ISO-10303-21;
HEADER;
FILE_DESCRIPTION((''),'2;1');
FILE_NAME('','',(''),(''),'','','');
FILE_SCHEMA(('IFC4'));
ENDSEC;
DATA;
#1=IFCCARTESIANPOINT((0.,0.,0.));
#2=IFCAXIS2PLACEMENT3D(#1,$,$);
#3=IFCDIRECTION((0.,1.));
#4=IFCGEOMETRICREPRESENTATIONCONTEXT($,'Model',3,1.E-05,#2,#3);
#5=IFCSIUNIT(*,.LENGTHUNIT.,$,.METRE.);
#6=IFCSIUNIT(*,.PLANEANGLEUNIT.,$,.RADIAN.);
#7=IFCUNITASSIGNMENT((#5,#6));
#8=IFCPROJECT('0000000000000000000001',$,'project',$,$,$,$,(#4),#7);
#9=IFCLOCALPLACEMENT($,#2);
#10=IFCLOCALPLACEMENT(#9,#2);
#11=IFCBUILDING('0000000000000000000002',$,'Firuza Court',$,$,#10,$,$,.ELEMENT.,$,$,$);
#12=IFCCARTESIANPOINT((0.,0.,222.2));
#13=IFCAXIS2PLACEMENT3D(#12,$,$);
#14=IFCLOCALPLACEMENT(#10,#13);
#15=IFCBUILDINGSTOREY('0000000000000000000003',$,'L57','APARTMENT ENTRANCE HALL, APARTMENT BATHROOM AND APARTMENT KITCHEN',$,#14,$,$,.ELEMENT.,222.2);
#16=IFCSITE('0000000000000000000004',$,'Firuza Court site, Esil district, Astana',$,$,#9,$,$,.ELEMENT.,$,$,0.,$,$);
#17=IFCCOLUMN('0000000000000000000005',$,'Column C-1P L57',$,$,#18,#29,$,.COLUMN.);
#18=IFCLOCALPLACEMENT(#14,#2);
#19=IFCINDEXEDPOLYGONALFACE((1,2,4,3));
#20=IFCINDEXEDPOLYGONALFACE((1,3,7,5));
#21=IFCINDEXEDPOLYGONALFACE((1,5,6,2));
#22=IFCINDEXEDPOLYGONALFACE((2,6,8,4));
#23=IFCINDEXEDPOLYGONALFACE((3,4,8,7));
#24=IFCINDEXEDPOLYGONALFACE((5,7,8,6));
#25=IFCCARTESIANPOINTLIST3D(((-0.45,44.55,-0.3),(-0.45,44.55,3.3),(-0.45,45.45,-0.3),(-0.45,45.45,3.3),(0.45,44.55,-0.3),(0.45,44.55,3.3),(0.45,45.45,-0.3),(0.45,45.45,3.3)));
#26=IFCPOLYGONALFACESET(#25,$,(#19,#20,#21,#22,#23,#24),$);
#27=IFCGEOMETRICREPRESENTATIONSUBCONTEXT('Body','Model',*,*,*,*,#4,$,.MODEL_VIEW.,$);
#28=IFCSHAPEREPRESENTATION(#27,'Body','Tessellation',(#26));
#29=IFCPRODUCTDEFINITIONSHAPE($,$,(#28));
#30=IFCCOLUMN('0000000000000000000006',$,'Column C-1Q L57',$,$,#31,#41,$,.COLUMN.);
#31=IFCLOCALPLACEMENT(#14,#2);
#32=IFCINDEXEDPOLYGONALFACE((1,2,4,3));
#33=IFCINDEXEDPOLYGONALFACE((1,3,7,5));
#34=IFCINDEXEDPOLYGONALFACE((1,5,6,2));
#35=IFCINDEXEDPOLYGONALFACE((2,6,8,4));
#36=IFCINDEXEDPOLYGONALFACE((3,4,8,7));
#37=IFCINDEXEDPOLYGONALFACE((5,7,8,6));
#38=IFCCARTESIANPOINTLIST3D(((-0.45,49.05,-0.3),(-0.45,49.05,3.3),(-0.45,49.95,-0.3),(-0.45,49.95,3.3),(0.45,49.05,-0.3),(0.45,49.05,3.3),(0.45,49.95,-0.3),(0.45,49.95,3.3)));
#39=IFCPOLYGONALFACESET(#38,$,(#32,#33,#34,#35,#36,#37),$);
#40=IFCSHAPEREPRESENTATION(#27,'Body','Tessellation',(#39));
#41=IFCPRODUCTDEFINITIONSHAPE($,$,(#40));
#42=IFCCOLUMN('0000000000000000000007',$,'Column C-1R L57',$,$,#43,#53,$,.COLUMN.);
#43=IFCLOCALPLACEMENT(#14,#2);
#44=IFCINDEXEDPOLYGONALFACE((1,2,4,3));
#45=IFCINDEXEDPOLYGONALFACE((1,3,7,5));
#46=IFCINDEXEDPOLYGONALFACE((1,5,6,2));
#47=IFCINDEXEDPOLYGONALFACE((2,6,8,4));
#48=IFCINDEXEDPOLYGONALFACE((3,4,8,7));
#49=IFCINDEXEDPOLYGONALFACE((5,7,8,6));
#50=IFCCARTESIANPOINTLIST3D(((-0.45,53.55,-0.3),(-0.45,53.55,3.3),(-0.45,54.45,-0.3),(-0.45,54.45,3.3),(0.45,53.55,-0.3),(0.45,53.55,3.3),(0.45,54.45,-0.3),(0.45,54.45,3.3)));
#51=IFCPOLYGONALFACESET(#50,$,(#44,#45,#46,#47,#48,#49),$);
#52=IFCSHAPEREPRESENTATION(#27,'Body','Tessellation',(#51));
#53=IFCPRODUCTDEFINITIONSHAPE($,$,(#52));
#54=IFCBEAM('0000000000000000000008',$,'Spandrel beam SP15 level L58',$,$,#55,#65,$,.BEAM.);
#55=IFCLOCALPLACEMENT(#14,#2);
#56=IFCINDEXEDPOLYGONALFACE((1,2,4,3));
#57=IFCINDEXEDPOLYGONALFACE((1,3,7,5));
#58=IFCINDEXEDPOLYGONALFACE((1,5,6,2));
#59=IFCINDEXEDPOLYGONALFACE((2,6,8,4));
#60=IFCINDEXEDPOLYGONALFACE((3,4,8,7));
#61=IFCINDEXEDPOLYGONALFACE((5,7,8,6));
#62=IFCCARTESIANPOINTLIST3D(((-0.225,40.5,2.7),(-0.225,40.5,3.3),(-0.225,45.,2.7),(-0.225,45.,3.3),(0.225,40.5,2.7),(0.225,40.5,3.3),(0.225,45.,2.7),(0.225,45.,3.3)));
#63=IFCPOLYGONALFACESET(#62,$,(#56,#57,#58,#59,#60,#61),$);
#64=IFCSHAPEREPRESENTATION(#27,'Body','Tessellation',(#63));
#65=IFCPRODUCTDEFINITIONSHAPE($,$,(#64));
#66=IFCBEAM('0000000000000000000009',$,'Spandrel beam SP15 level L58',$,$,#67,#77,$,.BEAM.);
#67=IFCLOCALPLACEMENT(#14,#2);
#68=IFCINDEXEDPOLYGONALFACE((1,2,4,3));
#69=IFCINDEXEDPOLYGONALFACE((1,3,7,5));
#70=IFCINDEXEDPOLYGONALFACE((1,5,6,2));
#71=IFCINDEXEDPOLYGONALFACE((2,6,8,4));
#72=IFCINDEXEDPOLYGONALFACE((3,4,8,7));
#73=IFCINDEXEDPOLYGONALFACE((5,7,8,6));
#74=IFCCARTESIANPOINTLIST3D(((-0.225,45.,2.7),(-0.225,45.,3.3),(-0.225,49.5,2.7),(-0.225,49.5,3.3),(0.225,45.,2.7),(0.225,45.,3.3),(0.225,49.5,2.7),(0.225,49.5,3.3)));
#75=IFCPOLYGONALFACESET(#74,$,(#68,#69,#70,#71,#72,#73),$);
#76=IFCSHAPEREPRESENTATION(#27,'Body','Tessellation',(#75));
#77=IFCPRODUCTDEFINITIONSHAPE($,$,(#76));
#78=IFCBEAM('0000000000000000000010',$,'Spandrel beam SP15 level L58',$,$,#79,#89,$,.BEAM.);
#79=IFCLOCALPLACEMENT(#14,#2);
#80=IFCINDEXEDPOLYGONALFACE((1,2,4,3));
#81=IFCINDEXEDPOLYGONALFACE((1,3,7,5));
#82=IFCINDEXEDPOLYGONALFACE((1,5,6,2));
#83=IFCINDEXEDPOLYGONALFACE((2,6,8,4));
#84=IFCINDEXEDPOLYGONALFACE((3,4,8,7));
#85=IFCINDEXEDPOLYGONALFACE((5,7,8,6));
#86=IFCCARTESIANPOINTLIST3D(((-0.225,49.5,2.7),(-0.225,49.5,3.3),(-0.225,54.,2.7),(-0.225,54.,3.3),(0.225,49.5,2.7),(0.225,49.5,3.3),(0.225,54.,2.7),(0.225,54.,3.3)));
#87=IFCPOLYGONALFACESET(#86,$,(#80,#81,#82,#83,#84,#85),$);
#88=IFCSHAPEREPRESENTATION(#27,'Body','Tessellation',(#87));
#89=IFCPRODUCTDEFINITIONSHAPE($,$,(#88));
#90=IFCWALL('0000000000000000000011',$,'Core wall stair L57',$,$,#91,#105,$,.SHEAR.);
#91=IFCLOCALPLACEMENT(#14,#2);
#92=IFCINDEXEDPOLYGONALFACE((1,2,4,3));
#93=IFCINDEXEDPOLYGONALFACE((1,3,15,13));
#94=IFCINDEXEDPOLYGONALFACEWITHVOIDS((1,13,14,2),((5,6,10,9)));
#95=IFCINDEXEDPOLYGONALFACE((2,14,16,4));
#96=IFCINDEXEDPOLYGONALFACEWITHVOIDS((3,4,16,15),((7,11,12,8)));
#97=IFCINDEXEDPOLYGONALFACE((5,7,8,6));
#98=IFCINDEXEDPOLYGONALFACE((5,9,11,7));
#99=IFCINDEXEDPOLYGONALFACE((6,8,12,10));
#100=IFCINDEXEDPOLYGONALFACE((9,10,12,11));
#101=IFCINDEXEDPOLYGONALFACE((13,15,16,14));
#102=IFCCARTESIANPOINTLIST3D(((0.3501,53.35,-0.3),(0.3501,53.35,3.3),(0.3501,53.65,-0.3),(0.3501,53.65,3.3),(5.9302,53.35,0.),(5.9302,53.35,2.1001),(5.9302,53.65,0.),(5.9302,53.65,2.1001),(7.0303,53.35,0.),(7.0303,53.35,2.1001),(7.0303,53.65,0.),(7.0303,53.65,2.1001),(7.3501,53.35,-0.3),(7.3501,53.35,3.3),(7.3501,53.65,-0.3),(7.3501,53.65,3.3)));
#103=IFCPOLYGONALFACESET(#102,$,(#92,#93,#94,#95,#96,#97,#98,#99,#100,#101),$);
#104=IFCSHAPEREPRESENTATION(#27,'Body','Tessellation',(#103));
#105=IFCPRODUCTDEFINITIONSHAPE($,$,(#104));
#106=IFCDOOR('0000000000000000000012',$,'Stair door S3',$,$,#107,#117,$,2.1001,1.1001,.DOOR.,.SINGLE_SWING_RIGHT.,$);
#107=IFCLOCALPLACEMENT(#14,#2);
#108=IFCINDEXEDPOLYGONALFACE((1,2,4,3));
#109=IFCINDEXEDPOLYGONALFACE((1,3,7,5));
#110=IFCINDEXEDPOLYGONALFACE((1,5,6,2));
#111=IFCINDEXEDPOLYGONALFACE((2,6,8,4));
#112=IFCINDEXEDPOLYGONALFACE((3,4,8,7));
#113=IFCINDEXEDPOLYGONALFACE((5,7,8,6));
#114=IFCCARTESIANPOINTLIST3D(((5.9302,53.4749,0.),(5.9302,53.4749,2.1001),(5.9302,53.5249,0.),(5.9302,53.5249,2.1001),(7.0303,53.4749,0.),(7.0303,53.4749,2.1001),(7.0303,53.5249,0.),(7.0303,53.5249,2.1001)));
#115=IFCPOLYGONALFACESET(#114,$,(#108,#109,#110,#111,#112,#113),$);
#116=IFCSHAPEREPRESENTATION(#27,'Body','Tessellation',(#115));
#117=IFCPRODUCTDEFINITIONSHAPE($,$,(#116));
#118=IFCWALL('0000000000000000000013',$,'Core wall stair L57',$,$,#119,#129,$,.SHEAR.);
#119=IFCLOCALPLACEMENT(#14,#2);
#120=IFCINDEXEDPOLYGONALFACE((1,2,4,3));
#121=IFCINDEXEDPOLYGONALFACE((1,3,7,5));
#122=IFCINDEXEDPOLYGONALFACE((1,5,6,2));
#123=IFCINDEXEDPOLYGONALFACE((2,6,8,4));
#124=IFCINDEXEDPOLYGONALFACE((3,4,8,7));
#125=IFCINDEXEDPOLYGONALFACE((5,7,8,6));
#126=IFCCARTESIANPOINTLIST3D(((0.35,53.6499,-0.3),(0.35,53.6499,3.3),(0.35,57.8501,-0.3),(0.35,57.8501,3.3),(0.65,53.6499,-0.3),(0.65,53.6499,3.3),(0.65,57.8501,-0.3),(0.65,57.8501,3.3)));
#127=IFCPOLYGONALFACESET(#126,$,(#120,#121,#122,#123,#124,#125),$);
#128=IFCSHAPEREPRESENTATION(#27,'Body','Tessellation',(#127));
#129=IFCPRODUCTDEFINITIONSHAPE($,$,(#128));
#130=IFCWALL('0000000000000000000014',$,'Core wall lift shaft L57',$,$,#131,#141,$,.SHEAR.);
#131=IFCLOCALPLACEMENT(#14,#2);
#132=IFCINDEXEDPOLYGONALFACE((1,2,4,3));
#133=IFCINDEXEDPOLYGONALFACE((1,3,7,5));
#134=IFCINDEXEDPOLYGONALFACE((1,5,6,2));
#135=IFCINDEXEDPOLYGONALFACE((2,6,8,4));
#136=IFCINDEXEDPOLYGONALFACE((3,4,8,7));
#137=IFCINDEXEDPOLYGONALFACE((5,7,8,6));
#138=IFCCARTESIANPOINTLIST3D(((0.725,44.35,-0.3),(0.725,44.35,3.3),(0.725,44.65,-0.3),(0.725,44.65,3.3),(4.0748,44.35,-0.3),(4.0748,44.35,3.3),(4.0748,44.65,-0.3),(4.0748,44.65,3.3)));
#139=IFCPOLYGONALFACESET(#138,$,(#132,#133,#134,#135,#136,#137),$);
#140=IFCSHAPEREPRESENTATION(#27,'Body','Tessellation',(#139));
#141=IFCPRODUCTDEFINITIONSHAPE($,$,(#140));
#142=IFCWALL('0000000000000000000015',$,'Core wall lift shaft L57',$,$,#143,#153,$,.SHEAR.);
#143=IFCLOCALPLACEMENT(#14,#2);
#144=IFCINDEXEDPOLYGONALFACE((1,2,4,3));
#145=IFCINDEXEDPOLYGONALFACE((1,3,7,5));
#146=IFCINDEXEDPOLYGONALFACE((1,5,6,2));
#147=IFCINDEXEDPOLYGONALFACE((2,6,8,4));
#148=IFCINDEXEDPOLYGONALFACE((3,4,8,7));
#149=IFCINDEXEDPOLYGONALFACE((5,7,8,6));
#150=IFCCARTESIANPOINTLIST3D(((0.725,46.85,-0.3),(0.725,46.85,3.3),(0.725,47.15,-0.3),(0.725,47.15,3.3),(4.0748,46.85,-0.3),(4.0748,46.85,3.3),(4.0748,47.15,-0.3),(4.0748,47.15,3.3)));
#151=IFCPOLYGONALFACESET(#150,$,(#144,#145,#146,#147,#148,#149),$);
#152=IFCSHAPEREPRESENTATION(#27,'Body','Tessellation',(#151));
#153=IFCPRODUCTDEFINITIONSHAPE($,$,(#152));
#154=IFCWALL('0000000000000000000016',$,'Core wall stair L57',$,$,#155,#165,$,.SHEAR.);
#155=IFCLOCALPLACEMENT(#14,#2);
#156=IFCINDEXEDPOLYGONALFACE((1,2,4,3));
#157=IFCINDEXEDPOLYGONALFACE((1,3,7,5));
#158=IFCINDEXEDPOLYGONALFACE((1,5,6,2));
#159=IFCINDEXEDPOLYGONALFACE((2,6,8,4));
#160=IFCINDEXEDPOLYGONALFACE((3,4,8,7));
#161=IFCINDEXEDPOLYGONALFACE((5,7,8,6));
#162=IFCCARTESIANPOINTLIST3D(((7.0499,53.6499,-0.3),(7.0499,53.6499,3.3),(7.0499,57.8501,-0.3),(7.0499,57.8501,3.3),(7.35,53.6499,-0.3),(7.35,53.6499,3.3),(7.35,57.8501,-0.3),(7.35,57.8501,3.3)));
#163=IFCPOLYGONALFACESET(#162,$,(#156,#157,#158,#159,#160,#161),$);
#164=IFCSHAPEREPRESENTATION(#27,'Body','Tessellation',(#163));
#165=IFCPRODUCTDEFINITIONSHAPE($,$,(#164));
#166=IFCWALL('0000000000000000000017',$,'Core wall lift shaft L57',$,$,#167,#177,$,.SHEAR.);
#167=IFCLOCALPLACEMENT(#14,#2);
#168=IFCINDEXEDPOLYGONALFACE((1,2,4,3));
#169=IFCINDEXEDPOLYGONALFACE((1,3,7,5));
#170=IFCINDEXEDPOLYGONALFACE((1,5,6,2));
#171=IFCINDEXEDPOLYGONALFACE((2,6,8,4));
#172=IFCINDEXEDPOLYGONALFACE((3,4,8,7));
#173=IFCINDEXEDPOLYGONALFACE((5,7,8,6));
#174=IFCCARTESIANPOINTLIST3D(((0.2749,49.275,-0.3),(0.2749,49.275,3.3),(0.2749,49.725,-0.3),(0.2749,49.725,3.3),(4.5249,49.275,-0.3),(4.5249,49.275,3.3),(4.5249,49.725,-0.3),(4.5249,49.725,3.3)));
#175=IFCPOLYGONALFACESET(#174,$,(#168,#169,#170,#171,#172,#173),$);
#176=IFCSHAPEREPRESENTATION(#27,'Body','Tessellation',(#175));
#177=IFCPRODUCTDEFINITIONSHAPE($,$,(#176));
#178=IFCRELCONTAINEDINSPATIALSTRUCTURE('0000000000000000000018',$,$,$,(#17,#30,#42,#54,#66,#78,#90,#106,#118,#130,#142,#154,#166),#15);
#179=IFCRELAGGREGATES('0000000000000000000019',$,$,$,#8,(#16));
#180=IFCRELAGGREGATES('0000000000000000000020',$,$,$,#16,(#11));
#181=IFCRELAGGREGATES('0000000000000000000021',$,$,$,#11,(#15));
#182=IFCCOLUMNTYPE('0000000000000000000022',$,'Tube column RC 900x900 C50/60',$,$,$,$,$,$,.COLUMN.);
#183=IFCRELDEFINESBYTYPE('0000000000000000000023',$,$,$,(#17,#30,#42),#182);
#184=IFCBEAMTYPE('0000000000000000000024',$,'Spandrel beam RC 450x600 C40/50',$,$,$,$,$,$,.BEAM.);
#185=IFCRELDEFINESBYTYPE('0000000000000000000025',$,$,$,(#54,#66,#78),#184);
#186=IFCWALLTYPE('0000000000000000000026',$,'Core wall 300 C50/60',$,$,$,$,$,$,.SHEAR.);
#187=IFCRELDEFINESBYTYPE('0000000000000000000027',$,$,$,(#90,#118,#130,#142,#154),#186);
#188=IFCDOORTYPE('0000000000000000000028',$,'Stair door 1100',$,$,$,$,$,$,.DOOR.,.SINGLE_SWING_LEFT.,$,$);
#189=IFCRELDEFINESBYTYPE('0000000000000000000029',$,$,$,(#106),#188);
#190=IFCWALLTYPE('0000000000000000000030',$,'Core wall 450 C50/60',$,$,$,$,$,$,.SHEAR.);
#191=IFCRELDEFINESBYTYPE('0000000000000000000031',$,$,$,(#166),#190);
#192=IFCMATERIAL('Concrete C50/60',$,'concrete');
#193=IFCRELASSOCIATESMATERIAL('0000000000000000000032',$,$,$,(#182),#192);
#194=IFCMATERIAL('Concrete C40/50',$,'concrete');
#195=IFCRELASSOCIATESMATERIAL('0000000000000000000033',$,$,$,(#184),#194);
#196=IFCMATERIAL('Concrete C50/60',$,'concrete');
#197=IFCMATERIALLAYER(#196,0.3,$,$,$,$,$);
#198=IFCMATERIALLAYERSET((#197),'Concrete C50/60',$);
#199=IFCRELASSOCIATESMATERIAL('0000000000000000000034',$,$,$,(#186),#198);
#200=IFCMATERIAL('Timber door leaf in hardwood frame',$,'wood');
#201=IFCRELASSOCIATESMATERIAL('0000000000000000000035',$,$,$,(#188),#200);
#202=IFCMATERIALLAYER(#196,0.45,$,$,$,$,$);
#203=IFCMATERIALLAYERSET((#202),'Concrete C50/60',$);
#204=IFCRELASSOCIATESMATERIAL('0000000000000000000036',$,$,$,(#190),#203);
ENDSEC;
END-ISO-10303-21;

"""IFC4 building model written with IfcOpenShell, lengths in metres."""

from ifc_helpers import new_model, si_unit, direction, frame, frame_2d, origin, origin_2d, place, context, subcontext, project, spatial, rectangle, extrude, material, layer, layer_set, material_profile, profile_set, type_object, element, fill, save


model = new_model("IFC4")

# Units and contexts
model_context = context("Model", 3, precision=1e-05, world=origin(), true_north=direction((0.0, 1.0)))
body_context = subcontext(model_context, "Body", "Model", "MODEL_VIEW")
ifc_project = project(units=[si_unit("LENGTHUNIT", "METRE"), si_unit("PLANEANGLEUNIT", "RADIAN")], contexts=[model_context])

# Site, building, storey
site_placement = place(None, origin())
site = spatial("IfcSite", under=ifc_project, at=site_placement, Name="Firuza Court site, Esil district, Astana", CompositionType="ELEMENT", RefElevation=0.0)
building_placement = place(site_placement, origin())
building = spatial("IfcBuilding", under=site, at=building_placement, Name="Firuza Court", CompositionType="ELEMENT")
storey_placement = place(building_placement, frame((0.0, 0.0, 222.2)))
storey = spatial("IfcBuildingStorey", under=building, at=storey_placement, Name="L57", Description="APARTMENT ENTRANCE HALL, APARTMENT BATHROOM AND APARTMENT KITCHEN", CompositionType="ELEMENT", Elevation=222.2)

# Columns
ifc_material_1 = material(Name="Concrete C50/60", Category="concrete")
ifc_material_profile_1 = material_profile(ifc_material_1, rectangle(XDim=0.8999, YDim=0.8999, at=origin_2d()), Name="RC 900x900")
ifc_profile_set_1 = profile_set([ifc_material_profile_1], Name="Concrete C50/60")
column_type = type_object("IfcColumnType", Name="Tube column RC 900x900 C50/60", PredefinedType="COLUMN", material=ifc_profile_set_1)
for number, where, z_axis, x_axis, name in (
    (1, (0.0, 45.0, -0.3), (0.0, 0.0, 1.0), (1.0, 0.0, 0.0), "Column C-1P L57"),
    (2, (0.0, 49.5, -0.3), (0.0, 0.0, 1.0), (1.0, 0.0, 0.0), "Column C-1Q L57"),
    (3, (0.0, 54.0, -0.3), (0.0, 0.0, 1.0), (1.0, 0.0, 0.0), "Column C-1R L57"),
):
    element("IfcColumn", number, at=place(storey_placement, frame(where, z_axis=z_axis, x_axis=x_axis)), inside=storey, type_object=column_type, Name=name, PredefinedType="COLUMN", context=body_context, shape_type="SweptSolid", body=[
        extrude(rectangle(XDim=0.8999, YDim=0.8999, at=origin_2d()), origin(), (0.0, 0.0, 1.0), 3.6001),
    ])

# Beams
ifc_material_2 = material(Name="Concrete C40/50", Category="concrete")
ifc_material_profile_2 = material_profile(ifc_material_2, rectangle(XDim=0.45, YDim=0.6001, at=origin_2d()), Name="RC 450x600")
ifc_profile_set_2 = profile_set([ifc_material_profile_2], Name="Concrete C40/50")
beam_type = type_object("IfcBeamType", Name="Spandrel beam RC 450x600 C40/50", PredefinedType="BEAM", material=ifc_profile_set_2)
for number, where, z_axis, x_axis, name in (
    (4, (0.0, 45.0, 3.0), (0.0, -1.0, 0.0), (1.0, 0.0, 0.0), "Spandrel beam SP15 level L58"),
    (5, (0.0, 49.5, 3.0), (0.0, -1.0, 0.0), (1.0, 0.0, 0.0), "Spandrel beam SP15 level L58"),
    (6, (0.0, 54.0, 3.0), (0.0, -1.0, 0.0), (1.0, 0.0, 0.0), "Spandrel beam SP15 level L58"),
):
    element("IfcBeam", number, at=place(storey_placement, frame(where, z_axis=z_axis, x_axis=x_axis)), inside=storey, type_object=beam_type, Name=name, PredefinedType="BEAM", context=body_context, shape_type="SweptSolid", body=[
        extrude(rectangle(XDim=0.45, YDim=0.6001, at=origin_2d()), origin(), (0.0, 0.0, 1.0), 4.5),
    ])

# Wall, opening, door
ifc_material_3 = material(Name="Concrete C50/60", Category="concrete")
ifc_layer_1 = layer(ifc_material_3, 0.3)
ifc_layer_set_1 = layer_set([ifc_layer_1], Name="Concrete C50/60")
wall_type_1 = type_object("IfcWallType", Name="Core wall 300 C50/60", PredefinedType="SHEAR", material=ifc_layer_set_1)
wall_1_placement = place(storey_placement, frame((0.3501, 53.5, -0.3), z_axis=(0.0, 0.0, 1.0), x_axis=(1.0, 0.0, 0.0)))
wall_1 = element("IfcWall", 7, at=wall_1_placement, inside=storey, type_object=wall_type_1, Name="Core wall stair L57", PredefinedType="SHEAR", context=body_context, shape_type="SweptSolid", body=[
    extrude(rectangle(XDim=7.0, YDim=0.3, at=frame_2d((3.5, 0.0))), origin(), (0.0, 0.0, 1.0), 3.6001),
])
opening_1_placement = place(wall_1_placement, frame((5.5801, 0.0, 0.3)))
opening_1 = element("IfcOpeningElement", 8, at=opening_1_placement, cuts=wall_1, PredefinedType="OPENING", context=body_context, shape_type="SweptSolid", body=[
    extrude(rectangle(XDim=1.1001, YDim=2.1001, at=frame_2d((0.55, 1.05))), frame((0.0, 0.1621, 0.0), z_axis=(0.0, -1.0, 0.0), x_axis=(1.0, 0.0, 0.0)), (0.0, 0.0, 1.0), 0.324),
])
ifc_material_4 = material(Name="Timber door leaf in hardwood frame", Category="wood")
door_type_1 = type_object("IfcDoorType", Name="Stair door 1100", OperationType="SINGLE_SWING_LEFT", PredefinedType="DOOR", material=ifc_material_4)
door_1_placement = place(opening_1_placement, origin())
door_1 = element("IfcDoor", 9, at=door_1_placement, inside=storey, type_object=door_type_1, Name="Stair door S3", OperationType="SINGLE_SWING_RIGHT", OverallHeight=2.1001, OverallWidth=1.1001, PredefinedType="DOOR", context=body_context, shape_type="SweptSolid", body=[
    extrude(rectangle(XDim=1.1001, YDim=2.1001, at=frame_2d((0.55, 1.05))), frame((0.0, 0.0249, 0.0), z_axis=(0.0, -1.0, 0.0), x_axis=(1.0, 0.0, 0.0)), (0.0, 0.0, 1.0), 0.05),
])
fill(opening_1, door_1)

# Walls
wall_2_placement = place(storey_placement, frame((0.5, 53.6499, -0.3), z_axis=(0.0, 0.0, 1.0), x_axis=(0.0, 1.0, 0.0)))
element("IfcWall", 10, at=wall_2_placement, inside=storey, type_object=wall_type_1, Name="Core wall stair L57", PredefinedType="SHEAR", context=body_context, shape_type="SweptSolid", body=[
    extrude(rectangle(XDim=4.2002, YDim=0.3, at=frame_2d((2.1001, 0.0))), origin(), (0.0, 0.0, 1.0), 3.6001),
])
for number, where, z_axis, x_axis, name in (
    (11, (0.7251, 44.5, -0.3), (0.0, 0.0, 1.0), (1.0, 0.0, 0.0), "Core wall lift shaft L57"),
    (12, (0.7251, 47.0, -0.3), (0.0, 0.0, 1.0), (1.0, 0.0, 0.0), "Core wall lift shaft L57"),
):
    element("IfcWall", number, at=place(storey_placement, frame(where, z_axis=z_axis, x_axis=x_axis)), inside=storey, type_object=wall_type_1, Name=name, PredefinedType="SHEAR", context=body_context, shape_type="SweptSolid", body=[
        extrude(rectangle(XDim=3.3499, YDim=0.3, at=frame_2d((1.6748, 0.0))), origin(), (0.0, 0.0, 1.0), 3.6001),
    ])
wall_3_placement = place(storey_placement, frame((7.2, 53.6499, -0.3), z_axis=(0.0, 0.0, 1.0), x_axis=(0.0, 1.0, 0.0)))
element("IfcWall", 13, at=wall_3_placement, inside=storey, type_object=wall_type_1, Name="Core wall stair L57", PredefinedType="SHEAR", context=body_context, shape_type="SweptSolid", body=[
    extrude(rectangle(XDim=4.2002, YDim=0.3, at=frame_2d((2.1001, 0.0))), origin(), (0.0, 0.0, 1.0), 3.6001),
])
ifc_layer_2 = layer(ifc_material_3, 0.45)
ifc_layer_set_2 = layer_set([ifc_layer_2], Name="Concrete C50/60")
wall_type_2 = type_object("IfcWallType", Name="Core wall 450 C50/60", PredefinedType="SHEAR", material=ifc_layer_set_2)
wall_4_placement = place(storey_placement, frame((0.2749, 49.5, -0.3), z_axis=(0.0, 0.0, 1.0), x_axis=(1.0, 0.0, 0.0)))
element("IfcWall", 14, at=wall_4_placement, inside=storey, type_object=wall_type_2, Name="Core wall lift shaft L57", PredefinedType="SHEAR", context=body_context, shape_type="SweptSolid", body=[
    extrude(rectangle(XDim=4.25, YDim=0.45, at=frame_2d((2.125, 0.0))), origin(), (0.0, 0.0, 1.0), 3.6001),
])

save(model, "model.ifc")
